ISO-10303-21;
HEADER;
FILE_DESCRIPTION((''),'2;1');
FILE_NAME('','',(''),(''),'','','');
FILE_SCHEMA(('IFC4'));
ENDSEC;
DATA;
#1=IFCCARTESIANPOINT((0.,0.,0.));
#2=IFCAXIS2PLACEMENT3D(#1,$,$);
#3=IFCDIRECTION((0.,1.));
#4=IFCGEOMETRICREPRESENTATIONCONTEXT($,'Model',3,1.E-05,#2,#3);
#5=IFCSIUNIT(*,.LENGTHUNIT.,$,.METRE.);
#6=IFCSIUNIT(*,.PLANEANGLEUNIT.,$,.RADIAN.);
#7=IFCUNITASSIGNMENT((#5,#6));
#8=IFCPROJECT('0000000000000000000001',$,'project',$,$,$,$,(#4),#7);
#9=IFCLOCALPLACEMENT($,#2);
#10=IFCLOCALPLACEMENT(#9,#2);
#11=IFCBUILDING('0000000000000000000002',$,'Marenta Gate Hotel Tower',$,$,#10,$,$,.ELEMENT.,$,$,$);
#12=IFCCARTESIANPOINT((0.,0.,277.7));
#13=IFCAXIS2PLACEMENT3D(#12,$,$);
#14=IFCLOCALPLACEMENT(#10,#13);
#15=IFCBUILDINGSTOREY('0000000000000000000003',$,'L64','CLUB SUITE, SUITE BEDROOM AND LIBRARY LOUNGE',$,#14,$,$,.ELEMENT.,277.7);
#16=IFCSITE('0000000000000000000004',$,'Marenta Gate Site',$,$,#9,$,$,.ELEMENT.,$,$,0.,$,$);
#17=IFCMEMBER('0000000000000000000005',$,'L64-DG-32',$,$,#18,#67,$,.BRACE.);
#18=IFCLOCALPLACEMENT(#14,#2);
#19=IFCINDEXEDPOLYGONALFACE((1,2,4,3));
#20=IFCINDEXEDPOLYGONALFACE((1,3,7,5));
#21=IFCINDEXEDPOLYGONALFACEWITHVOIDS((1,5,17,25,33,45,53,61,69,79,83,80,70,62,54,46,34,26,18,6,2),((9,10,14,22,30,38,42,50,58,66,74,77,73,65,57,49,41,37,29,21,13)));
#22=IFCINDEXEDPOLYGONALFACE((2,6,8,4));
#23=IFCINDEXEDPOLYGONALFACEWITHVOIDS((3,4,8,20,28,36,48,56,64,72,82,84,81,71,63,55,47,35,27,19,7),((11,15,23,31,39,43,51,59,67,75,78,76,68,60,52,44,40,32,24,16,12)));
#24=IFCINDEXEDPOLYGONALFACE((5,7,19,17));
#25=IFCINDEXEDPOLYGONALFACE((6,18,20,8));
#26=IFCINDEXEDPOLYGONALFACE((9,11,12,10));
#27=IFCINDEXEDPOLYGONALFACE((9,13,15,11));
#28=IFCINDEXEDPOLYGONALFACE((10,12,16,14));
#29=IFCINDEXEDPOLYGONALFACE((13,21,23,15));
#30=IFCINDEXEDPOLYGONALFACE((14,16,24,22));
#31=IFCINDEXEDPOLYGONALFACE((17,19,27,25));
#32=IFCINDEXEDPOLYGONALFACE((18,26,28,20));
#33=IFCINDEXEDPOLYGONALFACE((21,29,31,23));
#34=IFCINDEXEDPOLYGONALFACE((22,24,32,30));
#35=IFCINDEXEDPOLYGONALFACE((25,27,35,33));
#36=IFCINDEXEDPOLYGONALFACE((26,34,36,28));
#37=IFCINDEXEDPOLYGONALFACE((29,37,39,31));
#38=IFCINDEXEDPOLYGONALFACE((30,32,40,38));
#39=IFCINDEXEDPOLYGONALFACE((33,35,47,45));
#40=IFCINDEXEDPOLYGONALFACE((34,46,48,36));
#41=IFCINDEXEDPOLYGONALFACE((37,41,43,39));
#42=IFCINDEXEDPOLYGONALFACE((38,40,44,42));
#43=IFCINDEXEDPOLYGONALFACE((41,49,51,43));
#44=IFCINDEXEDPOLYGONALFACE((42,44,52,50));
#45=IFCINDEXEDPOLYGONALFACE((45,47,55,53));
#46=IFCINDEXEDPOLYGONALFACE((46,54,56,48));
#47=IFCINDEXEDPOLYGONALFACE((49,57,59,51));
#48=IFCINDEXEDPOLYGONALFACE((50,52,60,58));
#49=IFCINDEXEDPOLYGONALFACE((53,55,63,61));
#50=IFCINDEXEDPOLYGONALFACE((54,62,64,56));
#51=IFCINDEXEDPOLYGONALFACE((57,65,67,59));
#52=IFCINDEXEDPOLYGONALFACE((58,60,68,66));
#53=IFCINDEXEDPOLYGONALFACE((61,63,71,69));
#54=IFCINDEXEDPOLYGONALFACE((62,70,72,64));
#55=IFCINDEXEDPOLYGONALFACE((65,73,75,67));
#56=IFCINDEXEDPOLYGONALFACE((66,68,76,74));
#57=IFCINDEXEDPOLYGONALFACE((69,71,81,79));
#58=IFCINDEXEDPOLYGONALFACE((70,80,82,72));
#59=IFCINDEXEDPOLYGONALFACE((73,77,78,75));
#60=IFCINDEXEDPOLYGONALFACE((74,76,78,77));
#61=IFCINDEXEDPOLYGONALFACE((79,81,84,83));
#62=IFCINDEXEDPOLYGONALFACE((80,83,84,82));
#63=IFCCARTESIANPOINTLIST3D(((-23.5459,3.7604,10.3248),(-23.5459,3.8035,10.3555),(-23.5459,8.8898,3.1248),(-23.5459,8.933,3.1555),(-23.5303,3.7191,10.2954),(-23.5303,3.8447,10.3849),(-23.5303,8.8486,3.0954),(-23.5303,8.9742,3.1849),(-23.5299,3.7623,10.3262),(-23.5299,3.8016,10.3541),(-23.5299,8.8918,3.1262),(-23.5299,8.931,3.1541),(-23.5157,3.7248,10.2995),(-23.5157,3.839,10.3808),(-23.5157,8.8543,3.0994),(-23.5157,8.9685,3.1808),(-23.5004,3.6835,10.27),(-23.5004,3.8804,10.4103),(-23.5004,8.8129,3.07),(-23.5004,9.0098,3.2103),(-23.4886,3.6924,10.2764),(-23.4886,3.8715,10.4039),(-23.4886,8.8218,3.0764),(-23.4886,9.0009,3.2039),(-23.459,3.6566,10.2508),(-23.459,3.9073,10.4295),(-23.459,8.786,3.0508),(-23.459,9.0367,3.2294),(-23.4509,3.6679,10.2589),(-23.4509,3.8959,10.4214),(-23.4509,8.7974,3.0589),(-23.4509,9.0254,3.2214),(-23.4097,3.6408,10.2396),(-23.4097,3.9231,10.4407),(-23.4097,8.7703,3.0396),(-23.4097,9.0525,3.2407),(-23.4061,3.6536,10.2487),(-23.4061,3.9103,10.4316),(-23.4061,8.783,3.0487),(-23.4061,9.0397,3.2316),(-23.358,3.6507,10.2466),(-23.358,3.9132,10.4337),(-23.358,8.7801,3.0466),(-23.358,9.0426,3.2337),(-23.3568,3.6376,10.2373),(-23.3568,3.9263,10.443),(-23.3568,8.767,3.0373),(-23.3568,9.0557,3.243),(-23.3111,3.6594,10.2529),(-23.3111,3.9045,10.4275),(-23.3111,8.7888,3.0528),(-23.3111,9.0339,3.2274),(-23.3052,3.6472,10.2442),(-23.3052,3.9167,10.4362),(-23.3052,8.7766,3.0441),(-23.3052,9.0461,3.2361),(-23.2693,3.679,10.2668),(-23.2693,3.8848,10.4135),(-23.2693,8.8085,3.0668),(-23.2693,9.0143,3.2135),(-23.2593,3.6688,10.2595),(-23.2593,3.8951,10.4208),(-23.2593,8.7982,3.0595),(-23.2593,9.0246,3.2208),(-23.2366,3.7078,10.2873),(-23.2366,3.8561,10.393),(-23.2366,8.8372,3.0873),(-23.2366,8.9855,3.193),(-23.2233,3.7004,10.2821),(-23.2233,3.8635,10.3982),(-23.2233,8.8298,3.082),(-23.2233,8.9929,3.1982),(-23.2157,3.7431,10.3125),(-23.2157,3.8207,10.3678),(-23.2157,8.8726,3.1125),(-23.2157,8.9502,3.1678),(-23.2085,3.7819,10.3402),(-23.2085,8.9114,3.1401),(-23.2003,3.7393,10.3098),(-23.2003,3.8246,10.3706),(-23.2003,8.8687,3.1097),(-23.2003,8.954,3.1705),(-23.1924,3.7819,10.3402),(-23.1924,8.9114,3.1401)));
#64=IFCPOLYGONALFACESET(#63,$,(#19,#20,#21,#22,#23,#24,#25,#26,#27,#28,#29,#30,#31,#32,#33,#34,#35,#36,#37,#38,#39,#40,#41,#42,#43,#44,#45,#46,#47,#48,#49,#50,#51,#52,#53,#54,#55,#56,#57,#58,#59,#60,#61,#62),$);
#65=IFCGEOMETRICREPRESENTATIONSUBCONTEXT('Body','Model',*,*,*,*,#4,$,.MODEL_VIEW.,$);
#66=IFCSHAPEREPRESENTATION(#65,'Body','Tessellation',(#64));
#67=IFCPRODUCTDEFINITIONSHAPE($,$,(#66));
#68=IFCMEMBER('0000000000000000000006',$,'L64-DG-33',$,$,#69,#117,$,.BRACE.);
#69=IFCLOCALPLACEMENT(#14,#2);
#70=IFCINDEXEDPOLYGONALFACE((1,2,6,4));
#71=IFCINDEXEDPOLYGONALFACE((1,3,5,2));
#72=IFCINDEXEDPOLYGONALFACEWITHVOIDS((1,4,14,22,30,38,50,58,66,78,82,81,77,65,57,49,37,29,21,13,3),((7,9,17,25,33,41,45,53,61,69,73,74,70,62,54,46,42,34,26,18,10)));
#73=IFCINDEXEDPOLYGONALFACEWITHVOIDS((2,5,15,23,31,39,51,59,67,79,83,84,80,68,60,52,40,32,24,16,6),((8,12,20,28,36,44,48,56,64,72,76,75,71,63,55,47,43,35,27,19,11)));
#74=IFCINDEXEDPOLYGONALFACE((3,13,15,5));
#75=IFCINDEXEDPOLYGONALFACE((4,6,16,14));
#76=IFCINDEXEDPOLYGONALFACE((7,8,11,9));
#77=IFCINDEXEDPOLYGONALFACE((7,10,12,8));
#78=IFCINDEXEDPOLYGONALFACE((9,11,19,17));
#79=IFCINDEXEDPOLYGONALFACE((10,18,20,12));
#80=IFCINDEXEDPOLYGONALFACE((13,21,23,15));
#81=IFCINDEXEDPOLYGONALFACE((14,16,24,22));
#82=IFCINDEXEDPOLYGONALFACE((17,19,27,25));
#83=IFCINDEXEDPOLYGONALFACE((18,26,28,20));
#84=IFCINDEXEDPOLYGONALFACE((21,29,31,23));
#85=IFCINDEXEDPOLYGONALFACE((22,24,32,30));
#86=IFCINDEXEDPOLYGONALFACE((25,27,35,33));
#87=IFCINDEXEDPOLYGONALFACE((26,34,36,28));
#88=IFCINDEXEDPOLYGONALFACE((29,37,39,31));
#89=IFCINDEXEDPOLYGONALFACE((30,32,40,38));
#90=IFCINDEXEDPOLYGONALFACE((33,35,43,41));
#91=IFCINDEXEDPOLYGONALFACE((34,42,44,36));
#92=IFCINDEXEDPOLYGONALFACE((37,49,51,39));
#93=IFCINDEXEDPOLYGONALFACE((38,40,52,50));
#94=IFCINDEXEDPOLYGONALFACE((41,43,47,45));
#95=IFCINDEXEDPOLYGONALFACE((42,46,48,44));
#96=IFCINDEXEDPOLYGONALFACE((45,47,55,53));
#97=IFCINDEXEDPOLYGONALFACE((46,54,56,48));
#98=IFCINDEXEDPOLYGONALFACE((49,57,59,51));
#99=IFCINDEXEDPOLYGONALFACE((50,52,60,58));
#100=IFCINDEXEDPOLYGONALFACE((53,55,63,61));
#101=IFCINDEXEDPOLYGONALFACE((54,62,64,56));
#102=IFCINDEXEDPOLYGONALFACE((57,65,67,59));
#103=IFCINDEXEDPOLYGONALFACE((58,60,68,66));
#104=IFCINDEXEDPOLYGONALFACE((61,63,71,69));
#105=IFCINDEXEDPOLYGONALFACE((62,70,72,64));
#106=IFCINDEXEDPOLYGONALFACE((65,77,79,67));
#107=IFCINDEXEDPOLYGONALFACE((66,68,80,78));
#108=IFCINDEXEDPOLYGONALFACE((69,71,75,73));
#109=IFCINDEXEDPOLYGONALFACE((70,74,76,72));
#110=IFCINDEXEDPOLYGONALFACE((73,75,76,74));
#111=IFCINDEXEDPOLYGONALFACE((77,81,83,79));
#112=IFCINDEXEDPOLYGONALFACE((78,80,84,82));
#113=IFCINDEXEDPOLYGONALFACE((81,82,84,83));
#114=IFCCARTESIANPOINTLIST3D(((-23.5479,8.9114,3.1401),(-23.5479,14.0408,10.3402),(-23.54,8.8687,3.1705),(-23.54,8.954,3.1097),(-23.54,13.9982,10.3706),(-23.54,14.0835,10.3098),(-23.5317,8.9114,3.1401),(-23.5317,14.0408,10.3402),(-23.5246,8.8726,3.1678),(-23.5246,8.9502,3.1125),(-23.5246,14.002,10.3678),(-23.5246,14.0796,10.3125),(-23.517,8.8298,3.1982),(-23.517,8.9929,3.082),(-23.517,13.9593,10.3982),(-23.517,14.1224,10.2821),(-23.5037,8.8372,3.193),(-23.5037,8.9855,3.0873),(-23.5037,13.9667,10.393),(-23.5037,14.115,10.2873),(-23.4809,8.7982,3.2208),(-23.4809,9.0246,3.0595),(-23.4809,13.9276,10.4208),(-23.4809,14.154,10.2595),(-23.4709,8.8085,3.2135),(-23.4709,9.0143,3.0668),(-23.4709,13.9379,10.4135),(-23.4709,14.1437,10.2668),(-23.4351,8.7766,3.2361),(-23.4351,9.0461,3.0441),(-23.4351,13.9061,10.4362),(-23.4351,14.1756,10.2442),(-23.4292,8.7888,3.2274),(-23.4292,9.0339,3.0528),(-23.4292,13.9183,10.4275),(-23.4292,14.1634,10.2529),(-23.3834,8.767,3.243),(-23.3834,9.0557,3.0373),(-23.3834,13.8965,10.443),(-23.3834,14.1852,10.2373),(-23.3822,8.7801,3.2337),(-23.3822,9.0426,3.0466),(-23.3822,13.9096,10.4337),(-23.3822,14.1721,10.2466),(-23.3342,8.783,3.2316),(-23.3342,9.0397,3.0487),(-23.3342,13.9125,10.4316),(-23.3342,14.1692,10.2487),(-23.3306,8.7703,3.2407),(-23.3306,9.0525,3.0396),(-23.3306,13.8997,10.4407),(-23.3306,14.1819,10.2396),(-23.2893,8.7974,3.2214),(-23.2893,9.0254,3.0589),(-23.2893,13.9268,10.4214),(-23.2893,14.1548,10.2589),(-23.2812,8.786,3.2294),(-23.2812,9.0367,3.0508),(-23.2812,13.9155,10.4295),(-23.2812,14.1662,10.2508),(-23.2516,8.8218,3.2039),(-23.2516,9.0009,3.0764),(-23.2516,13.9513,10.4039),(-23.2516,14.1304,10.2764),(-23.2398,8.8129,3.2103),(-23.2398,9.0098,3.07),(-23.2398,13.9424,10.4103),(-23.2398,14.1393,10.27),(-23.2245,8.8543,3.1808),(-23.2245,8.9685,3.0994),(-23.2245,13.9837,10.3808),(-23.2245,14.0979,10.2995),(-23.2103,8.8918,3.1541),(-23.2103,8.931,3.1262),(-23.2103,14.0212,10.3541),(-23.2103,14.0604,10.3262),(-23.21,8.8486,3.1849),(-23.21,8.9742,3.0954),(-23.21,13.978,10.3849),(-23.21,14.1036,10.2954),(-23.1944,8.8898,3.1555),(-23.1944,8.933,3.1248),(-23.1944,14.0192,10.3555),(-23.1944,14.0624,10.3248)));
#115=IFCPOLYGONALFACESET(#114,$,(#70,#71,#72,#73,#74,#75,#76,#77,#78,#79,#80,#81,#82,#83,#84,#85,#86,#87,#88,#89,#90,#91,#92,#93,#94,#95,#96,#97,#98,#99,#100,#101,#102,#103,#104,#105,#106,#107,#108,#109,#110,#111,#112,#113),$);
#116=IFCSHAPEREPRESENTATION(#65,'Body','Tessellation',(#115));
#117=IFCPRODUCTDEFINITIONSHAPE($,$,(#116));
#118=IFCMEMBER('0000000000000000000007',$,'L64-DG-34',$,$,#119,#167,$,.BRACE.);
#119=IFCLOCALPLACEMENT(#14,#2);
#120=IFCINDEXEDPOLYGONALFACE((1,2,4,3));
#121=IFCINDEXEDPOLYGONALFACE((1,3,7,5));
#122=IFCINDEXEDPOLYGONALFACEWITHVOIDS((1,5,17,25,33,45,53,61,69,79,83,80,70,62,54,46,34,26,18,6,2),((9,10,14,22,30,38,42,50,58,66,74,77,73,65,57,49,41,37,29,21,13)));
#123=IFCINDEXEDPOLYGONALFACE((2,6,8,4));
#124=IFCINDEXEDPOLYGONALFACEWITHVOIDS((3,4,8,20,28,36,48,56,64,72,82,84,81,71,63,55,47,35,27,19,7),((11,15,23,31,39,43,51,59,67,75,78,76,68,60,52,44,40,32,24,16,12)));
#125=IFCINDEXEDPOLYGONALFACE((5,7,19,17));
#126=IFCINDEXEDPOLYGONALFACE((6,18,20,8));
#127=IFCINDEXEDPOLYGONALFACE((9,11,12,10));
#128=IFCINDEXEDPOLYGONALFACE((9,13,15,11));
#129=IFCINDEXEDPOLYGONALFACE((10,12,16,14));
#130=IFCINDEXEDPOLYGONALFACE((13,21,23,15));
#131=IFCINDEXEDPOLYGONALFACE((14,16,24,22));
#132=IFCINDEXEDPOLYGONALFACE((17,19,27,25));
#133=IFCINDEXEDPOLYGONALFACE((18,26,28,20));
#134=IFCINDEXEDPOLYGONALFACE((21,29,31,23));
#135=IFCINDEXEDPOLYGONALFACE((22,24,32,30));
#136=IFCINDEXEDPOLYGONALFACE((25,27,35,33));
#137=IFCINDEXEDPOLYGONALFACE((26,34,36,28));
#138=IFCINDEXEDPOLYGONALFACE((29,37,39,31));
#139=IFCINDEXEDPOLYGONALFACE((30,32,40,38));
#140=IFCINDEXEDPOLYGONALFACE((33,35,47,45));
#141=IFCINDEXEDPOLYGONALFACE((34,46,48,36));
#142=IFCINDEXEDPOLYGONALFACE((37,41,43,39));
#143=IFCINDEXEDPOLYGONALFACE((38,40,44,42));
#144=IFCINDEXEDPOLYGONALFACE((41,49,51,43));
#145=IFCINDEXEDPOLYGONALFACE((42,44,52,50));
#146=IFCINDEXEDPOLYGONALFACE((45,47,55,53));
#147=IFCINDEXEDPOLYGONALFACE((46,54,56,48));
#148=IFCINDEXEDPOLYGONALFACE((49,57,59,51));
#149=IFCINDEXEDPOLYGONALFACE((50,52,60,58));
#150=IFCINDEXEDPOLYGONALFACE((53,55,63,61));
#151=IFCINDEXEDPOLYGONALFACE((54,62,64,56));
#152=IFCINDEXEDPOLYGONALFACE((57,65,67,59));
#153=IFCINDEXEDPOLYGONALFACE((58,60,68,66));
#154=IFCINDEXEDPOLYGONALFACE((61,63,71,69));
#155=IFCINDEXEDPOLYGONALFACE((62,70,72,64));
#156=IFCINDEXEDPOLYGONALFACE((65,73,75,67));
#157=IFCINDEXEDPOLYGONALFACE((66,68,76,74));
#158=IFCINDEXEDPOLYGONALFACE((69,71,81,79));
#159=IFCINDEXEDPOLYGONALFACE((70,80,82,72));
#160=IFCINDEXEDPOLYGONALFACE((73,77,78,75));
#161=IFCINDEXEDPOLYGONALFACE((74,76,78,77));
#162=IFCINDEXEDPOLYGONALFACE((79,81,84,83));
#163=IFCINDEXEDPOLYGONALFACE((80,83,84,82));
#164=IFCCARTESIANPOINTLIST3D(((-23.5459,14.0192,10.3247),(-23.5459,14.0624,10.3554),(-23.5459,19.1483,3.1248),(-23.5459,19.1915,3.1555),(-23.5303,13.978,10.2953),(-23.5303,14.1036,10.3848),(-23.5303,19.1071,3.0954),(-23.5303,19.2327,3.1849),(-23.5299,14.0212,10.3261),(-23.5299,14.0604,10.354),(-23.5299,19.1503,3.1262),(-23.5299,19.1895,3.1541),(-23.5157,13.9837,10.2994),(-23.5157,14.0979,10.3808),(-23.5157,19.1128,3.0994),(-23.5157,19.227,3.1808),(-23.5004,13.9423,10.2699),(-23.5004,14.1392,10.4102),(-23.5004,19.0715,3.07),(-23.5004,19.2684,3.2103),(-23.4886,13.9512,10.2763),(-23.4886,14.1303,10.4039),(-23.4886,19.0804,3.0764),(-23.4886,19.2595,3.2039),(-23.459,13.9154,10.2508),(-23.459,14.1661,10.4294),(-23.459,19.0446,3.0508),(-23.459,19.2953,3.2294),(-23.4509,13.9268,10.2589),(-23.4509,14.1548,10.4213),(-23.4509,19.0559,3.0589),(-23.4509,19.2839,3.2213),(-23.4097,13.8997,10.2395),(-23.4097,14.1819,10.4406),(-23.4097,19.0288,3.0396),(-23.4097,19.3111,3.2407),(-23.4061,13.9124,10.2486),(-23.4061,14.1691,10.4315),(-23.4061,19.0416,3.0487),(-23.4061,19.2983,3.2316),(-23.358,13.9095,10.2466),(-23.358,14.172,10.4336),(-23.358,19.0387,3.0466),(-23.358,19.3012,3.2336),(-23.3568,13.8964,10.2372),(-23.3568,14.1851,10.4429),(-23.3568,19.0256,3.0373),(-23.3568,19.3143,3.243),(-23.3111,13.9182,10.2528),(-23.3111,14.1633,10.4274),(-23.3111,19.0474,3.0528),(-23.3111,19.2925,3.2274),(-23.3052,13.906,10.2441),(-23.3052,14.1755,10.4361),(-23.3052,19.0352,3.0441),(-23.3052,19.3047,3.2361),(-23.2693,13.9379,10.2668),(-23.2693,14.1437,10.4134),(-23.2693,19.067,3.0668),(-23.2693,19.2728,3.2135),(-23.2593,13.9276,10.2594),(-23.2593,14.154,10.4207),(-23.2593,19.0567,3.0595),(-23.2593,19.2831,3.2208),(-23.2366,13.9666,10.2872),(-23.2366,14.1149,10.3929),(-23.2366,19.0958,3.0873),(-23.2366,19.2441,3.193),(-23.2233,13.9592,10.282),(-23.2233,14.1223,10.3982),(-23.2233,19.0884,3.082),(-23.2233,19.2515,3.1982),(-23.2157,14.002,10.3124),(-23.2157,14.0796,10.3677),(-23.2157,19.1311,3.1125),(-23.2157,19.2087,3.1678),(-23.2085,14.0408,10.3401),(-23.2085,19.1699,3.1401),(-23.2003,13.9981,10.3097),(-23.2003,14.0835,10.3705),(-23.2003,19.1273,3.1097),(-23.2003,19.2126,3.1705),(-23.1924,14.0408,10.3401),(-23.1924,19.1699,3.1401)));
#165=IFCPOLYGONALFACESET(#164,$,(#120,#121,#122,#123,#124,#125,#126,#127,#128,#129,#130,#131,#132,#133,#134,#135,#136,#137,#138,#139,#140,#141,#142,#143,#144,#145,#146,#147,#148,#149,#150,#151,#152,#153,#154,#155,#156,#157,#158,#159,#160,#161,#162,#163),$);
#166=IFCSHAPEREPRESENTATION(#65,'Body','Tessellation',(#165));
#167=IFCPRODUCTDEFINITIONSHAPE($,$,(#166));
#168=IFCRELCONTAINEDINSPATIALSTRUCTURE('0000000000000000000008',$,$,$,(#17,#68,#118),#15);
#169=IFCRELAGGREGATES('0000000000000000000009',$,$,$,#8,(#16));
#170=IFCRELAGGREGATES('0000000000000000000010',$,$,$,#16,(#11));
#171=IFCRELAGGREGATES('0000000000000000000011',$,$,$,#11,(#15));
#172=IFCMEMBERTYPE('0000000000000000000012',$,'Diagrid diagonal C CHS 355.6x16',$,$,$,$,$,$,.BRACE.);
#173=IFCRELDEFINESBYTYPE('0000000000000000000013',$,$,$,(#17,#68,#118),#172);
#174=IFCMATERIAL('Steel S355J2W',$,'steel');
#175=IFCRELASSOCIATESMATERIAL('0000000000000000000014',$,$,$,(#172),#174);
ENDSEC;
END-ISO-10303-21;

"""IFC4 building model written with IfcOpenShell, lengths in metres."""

from ifc_helpers import new_model, si_unit, direction, frame, origin, origin_2d, place, context, subcontext, project, spatial, hollow_circle, extrude, material, material_profile, profile_set, type_object, element, save


model = new_model("IFC4")

# Units and contexts
model_context = context("Model", 3, precision=1e-05, world=origin(), true_north=direction((0.0, 1.0)))
body_context = subcontext(model_context, "Body", "Model", "MODEL_VIEW")
ifc_project = project(units=[si_unit("LENGTHUNIT", "METRE"), si_unit("PLANEANGLEUNIT", "RADIAN")], contexts=[model_context])

# Site, building, storey
site_placement = place(None, origin())
site = spatial("IfcSite", under=ifc_project, at=site_placement, Name="Marenta Gate Site", CompositionType="ELEMENT", RefElevation=0.0)
building_placement = place(site_placement, origin())
building = spatial("IfcBuilding", under=site, at=building_placement, Name="Marenta Gate Hotel Tower", CompositionType="ELEMENT")
storey_placement = place(building_placement, frame((0.0, 0.0, 277.7)))
storey = spatial("IfcBuildingStorey", under=building, at=storey_placement, Name="L64", Description="CLUB SUITE, SUITE BEDROOM AND LIBRARY LOUNGE", CompositionType="ELEMENT", Elevation=277.7)

# Members
ifc_material_1 = material(Name="Steel S355J2W", Category="steel")
ifc_material_profile_1 = material_profile(ifc_material_1, hollow_circle(Radius=0.1777, WallThickness=0.0161, at=origin_2d()), Name="CHS 355.6x16")
ifc_profile_set_1 = profile_set([ifc_material_profile_1], Name="Steel S355J2W")
member_type_1 = type_object("IfcMemberType", Name="Diagrid diagonal C CHS 355.6x16", PredefinedType="BRACE", material=ifc_profile_set_1)
for number, where, z_axis, x_axis, name in (
    (1, (-23.3701, 8.9114, 3.1401), (0.0, -0.580232, 0.814451), (1.0, 0.0, 0.0), "L64-DG-32"),
    (2, (-23.3701, 8.9114, 3.1401), (0.0, 0.580232, 0.814451), (-1.0, 0.0, 0.0), "L64-DG-33"),
):
    element("IfcMember", number, at=place(storey_placement, frame(where, z_axis=z_axis, x_axis=x_axis)), inside=storey, type_object=member_type_1, Name=name, PredefinedType="BRACE", context=body_context, shape_type="SweptSolid", body=[
        extrude(hollow_circle(Radius=0.1777, WallThickness=0.0161, at=origin_2d()), origin(), (0.0, 0.0, 1.0), 8.8403),
    ])
member_1_placement = place(storey_placement, frame((-23.3701, 19.1699, 3.1401), z_axis=(0.0, -0.580214, 0.814464), x_axis=(1.0, 0.0, 0.0)))
element("IfcMember", 3, at=member_1_placement, inside=storey, type_object=member_type_1, Name="L64-DG-34", PredefinedType="BRACE", context=body_context, shape_type="SweptSolid", body=[
    extrude(hollow_circle(Radius=0.1777, WallThickness=0.0161, at=origin_2d()), origin(), (0.0, 0.0, 1.0), 8.8401),
])

save(model, "model.ifc")
